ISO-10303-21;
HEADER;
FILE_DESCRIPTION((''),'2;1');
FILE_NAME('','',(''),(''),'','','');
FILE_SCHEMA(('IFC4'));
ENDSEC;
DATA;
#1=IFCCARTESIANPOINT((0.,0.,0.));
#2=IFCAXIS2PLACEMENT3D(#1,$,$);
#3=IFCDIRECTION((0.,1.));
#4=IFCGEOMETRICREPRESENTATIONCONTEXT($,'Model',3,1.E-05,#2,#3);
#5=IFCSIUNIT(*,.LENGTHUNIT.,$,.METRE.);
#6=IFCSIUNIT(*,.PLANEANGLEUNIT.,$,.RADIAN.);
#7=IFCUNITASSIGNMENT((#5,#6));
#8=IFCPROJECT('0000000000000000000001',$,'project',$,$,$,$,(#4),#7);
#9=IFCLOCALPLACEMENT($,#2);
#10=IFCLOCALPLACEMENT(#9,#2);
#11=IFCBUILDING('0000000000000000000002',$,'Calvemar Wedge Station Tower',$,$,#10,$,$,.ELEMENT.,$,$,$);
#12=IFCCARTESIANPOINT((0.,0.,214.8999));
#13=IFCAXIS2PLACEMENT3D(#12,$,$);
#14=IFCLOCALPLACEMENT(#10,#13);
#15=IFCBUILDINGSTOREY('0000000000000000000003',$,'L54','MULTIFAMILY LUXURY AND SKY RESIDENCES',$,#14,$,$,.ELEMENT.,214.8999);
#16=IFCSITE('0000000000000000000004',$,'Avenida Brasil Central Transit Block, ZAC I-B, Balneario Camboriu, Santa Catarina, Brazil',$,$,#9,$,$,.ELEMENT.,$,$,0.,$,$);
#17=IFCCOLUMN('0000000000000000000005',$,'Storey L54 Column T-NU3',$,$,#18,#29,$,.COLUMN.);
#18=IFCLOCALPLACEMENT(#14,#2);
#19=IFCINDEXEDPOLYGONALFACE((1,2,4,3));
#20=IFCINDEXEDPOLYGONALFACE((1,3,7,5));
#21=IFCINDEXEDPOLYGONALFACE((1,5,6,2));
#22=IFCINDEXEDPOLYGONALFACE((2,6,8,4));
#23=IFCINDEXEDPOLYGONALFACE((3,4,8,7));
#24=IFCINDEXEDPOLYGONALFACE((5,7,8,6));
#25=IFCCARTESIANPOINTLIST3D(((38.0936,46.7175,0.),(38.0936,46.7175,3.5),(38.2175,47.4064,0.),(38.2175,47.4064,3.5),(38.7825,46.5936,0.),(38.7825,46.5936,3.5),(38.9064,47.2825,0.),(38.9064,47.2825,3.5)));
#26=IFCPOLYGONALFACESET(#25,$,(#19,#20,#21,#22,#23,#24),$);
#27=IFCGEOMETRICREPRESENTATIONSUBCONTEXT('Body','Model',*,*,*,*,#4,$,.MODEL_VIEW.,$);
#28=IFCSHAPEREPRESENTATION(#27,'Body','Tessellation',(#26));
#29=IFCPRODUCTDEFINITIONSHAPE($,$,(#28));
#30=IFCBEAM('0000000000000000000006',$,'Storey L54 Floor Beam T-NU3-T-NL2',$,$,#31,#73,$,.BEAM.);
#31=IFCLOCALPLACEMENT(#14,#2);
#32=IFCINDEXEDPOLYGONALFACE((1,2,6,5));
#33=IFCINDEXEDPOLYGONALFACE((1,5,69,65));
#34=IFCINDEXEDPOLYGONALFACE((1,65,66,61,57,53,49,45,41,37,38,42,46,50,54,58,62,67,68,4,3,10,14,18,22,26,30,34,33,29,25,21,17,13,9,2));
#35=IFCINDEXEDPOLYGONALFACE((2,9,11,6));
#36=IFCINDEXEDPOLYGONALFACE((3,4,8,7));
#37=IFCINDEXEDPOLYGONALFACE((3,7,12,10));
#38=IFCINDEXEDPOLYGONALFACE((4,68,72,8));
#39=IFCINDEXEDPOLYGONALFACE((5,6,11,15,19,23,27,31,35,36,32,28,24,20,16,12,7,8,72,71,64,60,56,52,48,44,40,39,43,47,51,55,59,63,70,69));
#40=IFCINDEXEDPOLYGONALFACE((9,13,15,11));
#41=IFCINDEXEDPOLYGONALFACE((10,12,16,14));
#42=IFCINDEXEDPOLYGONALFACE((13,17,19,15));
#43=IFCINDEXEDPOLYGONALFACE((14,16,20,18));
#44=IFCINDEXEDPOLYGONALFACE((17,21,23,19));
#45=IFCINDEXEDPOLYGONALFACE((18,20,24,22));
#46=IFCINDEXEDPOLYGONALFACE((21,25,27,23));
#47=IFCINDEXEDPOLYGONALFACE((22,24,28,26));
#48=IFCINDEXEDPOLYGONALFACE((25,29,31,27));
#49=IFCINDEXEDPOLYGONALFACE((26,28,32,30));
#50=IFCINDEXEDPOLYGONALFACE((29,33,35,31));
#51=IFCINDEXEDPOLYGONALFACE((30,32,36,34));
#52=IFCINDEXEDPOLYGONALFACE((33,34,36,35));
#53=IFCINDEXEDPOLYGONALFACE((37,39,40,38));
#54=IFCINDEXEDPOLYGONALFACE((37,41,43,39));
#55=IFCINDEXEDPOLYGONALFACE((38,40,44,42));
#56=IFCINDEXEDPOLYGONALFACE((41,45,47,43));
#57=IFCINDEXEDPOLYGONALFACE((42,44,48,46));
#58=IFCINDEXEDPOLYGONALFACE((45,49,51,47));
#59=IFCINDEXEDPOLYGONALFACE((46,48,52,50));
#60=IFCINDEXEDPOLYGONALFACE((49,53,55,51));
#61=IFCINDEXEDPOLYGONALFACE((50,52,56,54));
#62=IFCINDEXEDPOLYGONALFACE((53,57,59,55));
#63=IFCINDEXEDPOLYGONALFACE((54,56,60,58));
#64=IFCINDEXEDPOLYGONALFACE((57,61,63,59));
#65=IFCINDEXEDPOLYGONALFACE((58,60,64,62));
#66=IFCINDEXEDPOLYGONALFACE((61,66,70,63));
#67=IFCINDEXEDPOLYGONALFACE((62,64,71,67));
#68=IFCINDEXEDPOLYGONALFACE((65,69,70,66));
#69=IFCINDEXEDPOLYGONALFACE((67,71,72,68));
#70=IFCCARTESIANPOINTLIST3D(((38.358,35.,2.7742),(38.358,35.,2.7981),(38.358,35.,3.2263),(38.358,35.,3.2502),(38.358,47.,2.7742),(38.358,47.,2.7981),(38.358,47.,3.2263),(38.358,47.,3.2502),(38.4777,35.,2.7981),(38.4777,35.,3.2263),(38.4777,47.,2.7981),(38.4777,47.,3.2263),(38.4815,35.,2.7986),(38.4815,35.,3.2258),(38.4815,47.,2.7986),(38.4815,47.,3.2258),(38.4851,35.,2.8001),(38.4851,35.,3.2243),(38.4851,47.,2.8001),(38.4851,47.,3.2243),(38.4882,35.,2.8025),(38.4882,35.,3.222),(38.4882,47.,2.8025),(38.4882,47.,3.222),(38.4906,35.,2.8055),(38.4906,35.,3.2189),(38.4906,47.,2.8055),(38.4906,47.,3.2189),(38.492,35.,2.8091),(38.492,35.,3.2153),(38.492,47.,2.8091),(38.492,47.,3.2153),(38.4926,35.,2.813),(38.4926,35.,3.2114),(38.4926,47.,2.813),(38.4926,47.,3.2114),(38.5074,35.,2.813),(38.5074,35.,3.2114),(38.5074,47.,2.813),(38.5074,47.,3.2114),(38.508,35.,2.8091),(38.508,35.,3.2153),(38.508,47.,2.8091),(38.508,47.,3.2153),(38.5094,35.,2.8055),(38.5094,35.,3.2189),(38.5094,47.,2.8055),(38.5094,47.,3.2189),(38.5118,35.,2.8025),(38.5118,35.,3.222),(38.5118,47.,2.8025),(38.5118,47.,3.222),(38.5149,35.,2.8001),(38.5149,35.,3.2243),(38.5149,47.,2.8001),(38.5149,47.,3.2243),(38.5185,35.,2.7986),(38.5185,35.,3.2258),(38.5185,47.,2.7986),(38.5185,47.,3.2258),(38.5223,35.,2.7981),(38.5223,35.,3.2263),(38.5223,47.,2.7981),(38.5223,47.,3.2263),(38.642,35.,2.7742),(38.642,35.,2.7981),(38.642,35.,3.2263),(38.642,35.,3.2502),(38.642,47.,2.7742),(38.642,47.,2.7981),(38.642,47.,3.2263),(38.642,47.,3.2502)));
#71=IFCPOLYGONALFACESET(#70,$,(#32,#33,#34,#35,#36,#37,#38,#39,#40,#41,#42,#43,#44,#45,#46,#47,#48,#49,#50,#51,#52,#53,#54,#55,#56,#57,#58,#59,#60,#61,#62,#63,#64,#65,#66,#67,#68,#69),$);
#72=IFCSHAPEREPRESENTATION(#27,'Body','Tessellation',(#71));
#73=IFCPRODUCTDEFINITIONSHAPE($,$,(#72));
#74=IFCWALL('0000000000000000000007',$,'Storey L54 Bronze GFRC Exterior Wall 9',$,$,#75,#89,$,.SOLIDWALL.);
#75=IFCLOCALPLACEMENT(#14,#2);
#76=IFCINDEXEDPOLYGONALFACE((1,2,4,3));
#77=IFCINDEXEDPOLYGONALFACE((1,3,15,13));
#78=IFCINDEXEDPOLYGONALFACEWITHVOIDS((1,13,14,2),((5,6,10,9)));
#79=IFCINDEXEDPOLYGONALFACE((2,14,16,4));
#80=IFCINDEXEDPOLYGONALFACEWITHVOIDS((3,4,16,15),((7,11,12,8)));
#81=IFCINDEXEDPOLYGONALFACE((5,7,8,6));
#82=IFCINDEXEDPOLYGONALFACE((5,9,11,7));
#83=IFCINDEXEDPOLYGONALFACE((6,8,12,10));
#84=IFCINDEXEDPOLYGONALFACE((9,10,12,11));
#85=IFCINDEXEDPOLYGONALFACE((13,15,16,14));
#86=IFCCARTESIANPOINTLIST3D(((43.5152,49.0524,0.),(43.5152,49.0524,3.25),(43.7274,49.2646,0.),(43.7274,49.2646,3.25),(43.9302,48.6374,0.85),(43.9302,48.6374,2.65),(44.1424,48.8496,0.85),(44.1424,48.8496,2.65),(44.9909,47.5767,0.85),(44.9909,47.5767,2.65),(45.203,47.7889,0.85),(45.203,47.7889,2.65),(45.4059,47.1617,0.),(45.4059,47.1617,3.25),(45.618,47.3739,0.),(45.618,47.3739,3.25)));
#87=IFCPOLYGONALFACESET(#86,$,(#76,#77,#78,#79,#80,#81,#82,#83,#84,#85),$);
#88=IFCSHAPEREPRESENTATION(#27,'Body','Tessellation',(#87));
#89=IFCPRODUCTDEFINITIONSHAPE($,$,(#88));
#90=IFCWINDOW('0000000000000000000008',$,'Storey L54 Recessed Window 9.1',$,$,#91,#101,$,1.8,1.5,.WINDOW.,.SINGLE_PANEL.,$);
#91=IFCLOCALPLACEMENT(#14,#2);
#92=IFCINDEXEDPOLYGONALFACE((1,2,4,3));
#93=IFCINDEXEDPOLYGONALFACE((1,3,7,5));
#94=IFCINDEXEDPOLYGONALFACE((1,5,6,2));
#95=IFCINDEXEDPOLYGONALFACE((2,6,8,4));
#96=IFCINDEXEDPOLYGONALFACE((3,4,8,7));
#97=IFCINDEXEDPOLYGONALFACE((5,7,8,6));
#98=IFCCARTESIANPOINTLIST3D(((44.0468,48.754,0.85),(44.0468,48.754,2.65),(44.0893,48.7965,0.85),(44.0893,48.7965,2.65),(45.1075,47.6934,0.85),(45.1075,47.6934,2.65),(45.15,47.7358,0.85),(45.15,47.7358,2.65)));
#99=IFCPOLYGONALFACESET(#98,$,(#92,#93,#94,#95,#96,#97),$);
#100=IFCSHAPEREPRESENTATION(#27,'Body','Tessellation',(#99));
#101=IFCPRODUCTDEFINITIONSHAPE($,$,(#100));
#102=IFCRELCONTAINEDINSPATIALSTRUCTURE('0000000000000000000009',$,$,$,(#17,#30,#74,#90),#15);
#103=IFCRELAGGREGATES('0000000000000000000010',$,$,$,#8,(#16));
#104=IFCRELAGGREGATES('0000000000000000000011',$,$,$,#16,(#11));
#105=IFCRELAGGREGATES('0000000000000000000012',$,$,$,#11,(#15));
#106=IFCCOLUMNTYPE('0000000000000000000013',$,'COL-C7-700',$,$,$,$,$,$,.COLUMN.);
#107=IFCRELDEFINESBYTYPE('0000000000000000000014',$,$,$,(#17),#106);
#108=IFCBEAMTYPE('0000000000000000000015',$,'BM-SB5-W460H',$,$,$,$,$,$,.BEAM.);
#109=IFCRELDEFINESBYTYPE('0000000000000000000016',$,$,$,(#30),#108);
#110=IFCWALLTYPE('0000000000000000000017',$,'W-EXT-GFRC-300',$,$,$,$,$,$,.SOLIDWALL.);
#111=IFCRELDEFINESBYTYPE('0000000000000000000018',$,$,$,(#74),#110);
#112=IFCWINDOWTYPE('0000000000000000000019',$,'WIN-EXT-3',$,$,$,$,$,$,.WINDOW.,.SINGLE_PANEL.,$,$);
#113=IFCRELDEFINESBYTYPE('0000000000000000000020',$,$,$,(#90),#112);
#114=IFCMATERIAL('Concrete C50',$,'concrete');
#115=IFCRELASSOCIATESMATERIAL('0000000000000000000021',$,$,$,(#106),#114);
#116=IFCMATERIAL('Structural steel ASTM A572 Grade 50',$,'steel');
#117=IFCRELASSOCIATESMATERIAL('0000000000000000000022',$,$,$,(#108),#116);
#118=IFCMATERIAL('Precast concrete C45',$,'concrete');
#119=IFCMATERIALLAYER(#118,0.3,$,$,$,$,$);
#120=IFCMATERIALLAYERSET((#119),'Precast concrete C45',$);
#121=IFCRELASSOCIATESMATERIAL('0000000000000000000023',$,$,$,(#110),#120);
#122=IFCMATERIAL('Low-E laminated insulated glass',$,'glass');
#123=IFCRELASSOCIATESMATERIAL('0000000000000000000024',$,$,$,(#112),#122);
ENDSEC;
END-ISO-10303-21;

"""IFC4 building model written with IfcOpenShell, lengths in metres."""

from ifc_helpers import new_model, si_unit, direction, frame, frame_2d, origin, origin_2d, place, context, subcontext, project, spatial, rectangle, i_section, extrude, source, transform, mapped, material, layer, layer_set, material_profile, profile_set, type_object, element, fill, save


model = new_model("IFC4")

# Units and contexts
model_context = context("Model", 3, precision=1e-05, world=origin(), true_north=direction((0.0, 1.0)))
body_context = subcontext(model_context, "Body", "Model", "MODEL_VIEW")
ifc_project = project(units=[si_unit("LENGTHUNIT", "METRE"), si_unit("PLANEANGLEUNIT", "RADIAN")], contexts=[model_context])

# Site, building, storey
site_placement = place(None, origin())
site = spatial("IfcSite", under=ifc_project, at=site_placement, Name="Avenida Brasil Central Transit Block, ZAC I-B, Balneario Camboriu, Santa Catarina, Brazil", CompositionType="ELEMENT", RefElevation=0.0)
building_placement = place(site_placement, origin())
building = spatial("IfcBuilding", under=site, at=building_placement, Name="Calvemar Wedge Station Tower", CompositionType="ELEMENT")
storey_placement = place(building_placement, frame((0.0, 0.0, 214.8999)))
storey = spatial("IfcBuildingStorey", under=building, at=storey_placement, Name="L54", Description="MULTIFAMILY LUXURY AND SKY RESIDENCES", CompositionType="ELEMENT", Elevation=214.8999)

# Column
ifc_material_1 = material(Name="Concrete C50", Category="concrete")
ifc_material_profile_1 = material_profile(ifc_material_1, rectangle(XDim=0.7, YDim=0.7, at=origin_2d()), Name="RC700x700")
ifc_profile_set_1 = profile_set([ifc_material_profile_1], Name="Concrete C50")
column_type = type_object("IfcColumnType", Name="COL-C7-700", PredefinedType="COLUMN", material=ifc_profile_set_1)
shared_shape_1 = source(origin(), body_context, "Body", "SweptSolid", [
    extrude(rectangle(XDim=0.7, YDim=0.7, at=origin_2d()), origin(), (0.0, 0.0, 1.0), 3.5),
])
column_placement = place(storey_placement, frame((38.5, 47.0, 0.0), z_axis=(0.0, 0.0, 1.0), x_axis=(0.984196, -0.177085, 0.0)))
element("IfcColumn", 1, at=column_placement, inside=storey, type_object=column_type, Name="Storey L54 Column T-NU3", PredefinedType="COLUMN", context=body_context, shape_type="MappedRepresentation", body=[
    mapped(shared_shape_1, transform((0.0, 0.0, 0.0), scale=1.0)),
])

# Beam
ifc_material_2 = material(Name="Structural steel ASTM A572 Grade 50", Category="steel")
ifc_material_profile_2 = material_profile(ifc_material_2, i_section(OverallWidth=0.2839, OverallDepth=0.4761, WebThickness=0.0149, FlangeThickness=0.0239, FilletRadius=0.0149, at=origin_2d()), Name="W460x158")
ifc_profile_set_2 = profile_set([ifc_material_profile_2], Name="Structural steel ASTM A572 Grade 50")
beam_type = type_object("IfcBeamType", Name="BM-SB5-W460H", PredefinedType="BEAM", material=ifc_profile_set_2)
shared_shape_2 = source(origin(), body_context, "Body", "SweptSolid", [
    extrude(i_section(OverallWidth=0.2839, OverallDepth=0.4761, WebThickness=0.0149, FlangeThickness=0.0239, FilletRadius=0.0149, at=origin_2d()), origin(), (0.0, 0.0, 1.0), 12.0),
])
beam_placement = place(storey_placement, frame((38.5, 47.0, 3.0122), z_axis=(0.0, -1.0, 0.0), x_axis=(1.0, 0.0, 0.0)))
element("IfcBeam", 2, at=beam_placement, inside=storey, type_object=beam_type, Name="Storey L54 Floor Beam T-NU3-T-NL2", PredefinedType="BEAM", context=body_context, shape_type="MappedRepresentation", body=[
    mapped(shared_shape_2, transform((0.0, 0.0, 0.0), scale=1.0)),
])

# Wall, opening, window
ifc_material_3 = material(Name="Precast concrete C45", Category="concrete")
ifc_layer_1 = layer(ifc_material_3, 0.3)
ifc_layer_set_1 = layer_set([ifc_layer_1], Name="Precast concrete C45")
wall_type_1 = type_object("IfcWallType", Name="W-EXT-GFRC-300", PredefinedType="SOLIDWALL", material=ifc_layer_set_1)
wall_1_placement = place(storey_placement, frame((45.512, 47.2678, 0.0), z_axis=(0.0, 0.0, 1.0), x_axis=(-0.707107, 0.707107, 0.0)))
wall_1 = element("IfcWall", 3, at=wall_1_placement, inside=storey, type_object=wall_type_1, Name="Storey L54 Bronze GFRC Exterior Wall 9", PredefinedType="SOLIDWALL", context=body_context, shape_type="SweptSolid", body=[
    extrude(rectangle(XDim=2.6738, YDim=0.3, at=frame_2d((1.3369, 0.0))), origin(), (0.0, 0.0, 1.0), 3.25),
])
shared_shape_3 = source(origin(), body_context, "Body", "SweptSolid", [
    extrude(rectangle(XDim=1.5, YDim=1.8, at=frame_2d((0.75, 0.8999))), frame((0.0, 0.1602, 0.0), z_axis=(0.0, -1.0, 0.0), x_axis=(1.0, 0.0, 0.0)), (0.0, 0.0, 1.0), 0.3201),
])
opening_1_placement = place(wall_1_placement, frame((0.5869, 0.0, 0.8501)))
opening_1 = element("IfcOpeningElement", 4, at=opening_1_placement, cuts=wall_1, PredefinedType="OPENING", context=body_context, shape_type="MappedRepresentation", body=[
    mapped(shared_shape_3, transform((0.0, 0.0, 0.0), scale=1.0)),
])
ifc_material_4 = material(Name="Low-E laminated insulated glass", Category="glass")
window_type_1 = type_object("IfcWindowType", Name="WIN-EXT-3", PartitioningType="SINGLE_PANEL", PredefinedType="WINDOW", material=ifc_material_4)
shared_shape_4 = source(origin(), body_context, "Body", "SweptSolid", [
    extrude(rectangle(XDim=1.5, YDim=1.8, at=frame_2d((0.75, 0.8999))), frame((0.0, -0.0149, 0.0), z_axis=(0.0, -1.0, 0.0), x_axis=(1.0, 0.0, 0.0)), (0.0, 0.0, 1.0), 0.0601),
])
window_1_placement = place(opening_1_placement, origin())
window_1 = element("IfcWindow", 5, at=window_1_placement, inside=storey, type_object=window_type_1, Name="Storey L54 Recessed Window 9.1", OverallHeight=1.8, OverallWidth=1.5, PartitioningType="SINGLE_PANEL", PredefinedType="WINDOW", context=body_context, shape_type="MappedRepresentation", body=[
    mapped(shared_shape_4, transform((0.0, 0.0, 0.0), scale=1.0)),
])
fill(opening_1, window_1)

save(model, "model.ifc")
